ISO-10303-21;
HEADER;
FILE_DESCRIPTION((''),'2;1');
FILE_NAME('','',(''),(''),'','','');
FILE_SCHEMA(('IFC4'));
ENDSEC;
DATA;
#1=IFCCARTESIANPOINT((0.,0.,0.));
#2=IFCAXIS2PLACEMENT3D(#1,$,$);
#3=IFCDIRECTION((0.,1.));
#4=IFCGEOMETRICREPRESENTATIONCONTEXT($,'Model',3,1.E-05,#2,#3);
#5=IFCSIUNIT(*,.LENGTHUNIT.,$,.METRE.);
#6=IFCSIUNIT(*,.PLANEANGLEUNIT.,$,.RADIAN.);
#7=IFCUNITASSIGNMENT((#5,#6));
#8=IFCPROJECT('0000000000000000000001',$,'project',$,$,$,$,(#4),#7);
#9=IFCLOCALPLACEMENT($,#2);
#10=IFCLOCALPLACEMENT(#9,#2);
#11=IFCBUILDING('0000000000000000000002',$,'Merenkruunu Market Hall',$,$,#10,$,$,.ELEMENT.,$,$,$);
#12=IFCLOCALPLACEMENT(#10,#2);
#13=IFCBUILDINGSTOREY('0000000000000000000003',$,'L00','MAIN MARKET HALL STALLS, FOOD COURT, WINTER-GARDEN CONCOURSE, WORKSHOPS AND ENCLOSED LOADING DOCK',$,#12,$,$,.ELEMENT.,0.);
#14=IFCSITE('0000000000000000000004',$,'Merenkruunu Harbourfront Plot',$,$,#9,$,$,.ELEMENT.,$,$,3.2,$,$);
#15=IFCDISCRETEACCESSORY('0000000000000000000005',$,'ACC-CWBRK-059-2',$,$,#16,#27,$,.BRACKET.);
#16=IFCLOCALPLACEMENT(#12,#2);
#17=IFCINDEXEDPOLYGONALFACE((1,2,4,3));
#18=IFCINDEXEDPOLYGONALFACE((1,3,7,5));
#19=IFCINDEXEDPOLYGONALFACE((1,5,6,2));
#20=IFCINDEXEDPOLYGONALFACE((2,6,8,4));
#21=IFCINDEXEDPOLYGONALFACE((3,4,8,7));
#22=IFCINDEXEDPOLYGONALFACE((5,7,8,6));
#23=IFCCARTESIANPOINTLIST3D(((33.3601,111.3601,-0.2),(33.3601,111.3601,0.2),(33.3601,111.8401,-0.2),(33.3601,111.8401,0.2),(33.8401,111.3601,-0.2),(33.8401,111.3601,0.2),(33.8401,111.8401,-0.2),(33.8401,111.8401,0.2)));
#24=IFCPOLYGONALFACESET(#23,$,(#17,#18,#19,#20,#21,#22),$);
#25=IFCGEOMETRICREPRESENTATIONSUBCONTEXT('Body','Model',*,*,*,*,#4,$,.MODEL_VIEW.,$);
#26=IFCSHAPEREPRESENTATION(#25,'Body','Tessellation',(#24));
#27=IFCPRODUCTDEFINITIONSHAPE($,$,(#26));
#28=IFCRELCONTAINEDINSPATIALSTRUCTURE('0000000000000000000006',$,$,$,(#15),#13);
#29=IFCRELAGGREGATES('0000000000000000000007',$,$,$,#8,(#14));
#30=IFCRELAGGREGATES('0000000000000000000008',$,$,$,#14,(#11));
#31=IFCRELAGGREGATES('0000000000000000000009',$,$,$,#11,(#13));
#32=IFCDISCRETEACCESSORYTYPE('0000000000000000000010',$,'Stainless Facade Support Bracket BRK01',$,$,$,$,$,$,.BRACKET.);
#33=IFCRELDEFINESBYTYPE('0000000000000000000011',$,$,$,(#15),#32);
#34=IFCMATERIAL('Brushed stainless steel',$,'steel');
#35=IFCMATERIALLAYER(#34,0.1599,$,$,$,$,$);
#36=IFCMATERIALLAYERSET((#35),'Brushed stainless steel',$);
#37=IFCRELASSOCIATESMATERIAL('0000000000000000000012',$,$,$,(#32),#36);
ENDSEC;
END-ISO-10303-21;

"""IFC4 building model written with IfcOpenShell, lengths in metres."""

from ifc_helpers import new_model, si_unit, direction, frame, origin, origin_2d, place, context, subcontext, project, spatial, rectangle, extrude, material, layer, layer_set, type_object, element, save


model = new_model("IFC4")

# Units and contexts
model_context = context("Model", 3, precision=1e-05, world=origin(), true_north=direction((0.0, 1.0)))
body_context = subcontext(model_context, "Body", "Model", "MODEL_VIEW")
ifc_project = project(units=[si_unit("LENGTHUNIT", "METRE"), si_unit("PLANEANGLEUNIT", "RADIAN")], contexts=[model_context])

# Site, building, storey
site_placement = place(None, origin())
site = spatial("IfcSite", under=ifc_project, at=site_placement, Name="Merenkruunu Harbourfront Plot", CompositionType="ELEMENT", RefElevation=3.2)
building_placement = place(site_placement, origin())
building = spatial("IfcBuilding", under=site, at=building_placement, Name="Merenkruunu Market Hall", CompositionType="ELEMENT")
storey_placement = place(building_placement, origin())
storey = spatial("IfcBuildingStorey", under=building, at=storey_placement, Name="L00", Description="MAIN MARKET HALL STALLS, FOOD COURT, WINTER-GARDEN CONCOURSE, WORKSHOPS AND ENCLOSED LOADING DOCK", CompositionType="ELEMENT", Elevation=0.0)

# Shared definitions
ifc_material_1 = material(Name="Brushed stainless steel", Category="steel")

# Discrete accessory
ifc_layer_1 = layer(ifc_material_1, 0.1599)
ifc_layer_set_1 = layer_set([ifc_layer_1], Name="Brushed stainless steel")
discrete_accessory_type = type_object("IfcDiscreteAccessoryType", Name="Stainless Facade Support Bracket BRK01", PredefinedType="BRACKET", material=ifc_layer_set_1)
discrete_accessory_placement = place(storey_placement, frame((33.6001, 111.6001, -0.2), z_axis=(0.0, 0.0, 1.0), x_axis=(1.0, 0.0, 0.0)))
element("IfcDiscreteAccessory", 1, at=discrete_accessory_placement, inside=storey, type_object=discrete_accessory_type, Name="ACC-CWBRK-059-2", PredefinedType="BRACKET", context=body_context, shape_type="SweptSolid", body=[
    extrude(rectangle(XDim=0.48, YDim=0.48, at=origin_2d()), origin(), (0.0, 0.0, 1.0), 0.3999),
])

save(model, "model.ifc")
